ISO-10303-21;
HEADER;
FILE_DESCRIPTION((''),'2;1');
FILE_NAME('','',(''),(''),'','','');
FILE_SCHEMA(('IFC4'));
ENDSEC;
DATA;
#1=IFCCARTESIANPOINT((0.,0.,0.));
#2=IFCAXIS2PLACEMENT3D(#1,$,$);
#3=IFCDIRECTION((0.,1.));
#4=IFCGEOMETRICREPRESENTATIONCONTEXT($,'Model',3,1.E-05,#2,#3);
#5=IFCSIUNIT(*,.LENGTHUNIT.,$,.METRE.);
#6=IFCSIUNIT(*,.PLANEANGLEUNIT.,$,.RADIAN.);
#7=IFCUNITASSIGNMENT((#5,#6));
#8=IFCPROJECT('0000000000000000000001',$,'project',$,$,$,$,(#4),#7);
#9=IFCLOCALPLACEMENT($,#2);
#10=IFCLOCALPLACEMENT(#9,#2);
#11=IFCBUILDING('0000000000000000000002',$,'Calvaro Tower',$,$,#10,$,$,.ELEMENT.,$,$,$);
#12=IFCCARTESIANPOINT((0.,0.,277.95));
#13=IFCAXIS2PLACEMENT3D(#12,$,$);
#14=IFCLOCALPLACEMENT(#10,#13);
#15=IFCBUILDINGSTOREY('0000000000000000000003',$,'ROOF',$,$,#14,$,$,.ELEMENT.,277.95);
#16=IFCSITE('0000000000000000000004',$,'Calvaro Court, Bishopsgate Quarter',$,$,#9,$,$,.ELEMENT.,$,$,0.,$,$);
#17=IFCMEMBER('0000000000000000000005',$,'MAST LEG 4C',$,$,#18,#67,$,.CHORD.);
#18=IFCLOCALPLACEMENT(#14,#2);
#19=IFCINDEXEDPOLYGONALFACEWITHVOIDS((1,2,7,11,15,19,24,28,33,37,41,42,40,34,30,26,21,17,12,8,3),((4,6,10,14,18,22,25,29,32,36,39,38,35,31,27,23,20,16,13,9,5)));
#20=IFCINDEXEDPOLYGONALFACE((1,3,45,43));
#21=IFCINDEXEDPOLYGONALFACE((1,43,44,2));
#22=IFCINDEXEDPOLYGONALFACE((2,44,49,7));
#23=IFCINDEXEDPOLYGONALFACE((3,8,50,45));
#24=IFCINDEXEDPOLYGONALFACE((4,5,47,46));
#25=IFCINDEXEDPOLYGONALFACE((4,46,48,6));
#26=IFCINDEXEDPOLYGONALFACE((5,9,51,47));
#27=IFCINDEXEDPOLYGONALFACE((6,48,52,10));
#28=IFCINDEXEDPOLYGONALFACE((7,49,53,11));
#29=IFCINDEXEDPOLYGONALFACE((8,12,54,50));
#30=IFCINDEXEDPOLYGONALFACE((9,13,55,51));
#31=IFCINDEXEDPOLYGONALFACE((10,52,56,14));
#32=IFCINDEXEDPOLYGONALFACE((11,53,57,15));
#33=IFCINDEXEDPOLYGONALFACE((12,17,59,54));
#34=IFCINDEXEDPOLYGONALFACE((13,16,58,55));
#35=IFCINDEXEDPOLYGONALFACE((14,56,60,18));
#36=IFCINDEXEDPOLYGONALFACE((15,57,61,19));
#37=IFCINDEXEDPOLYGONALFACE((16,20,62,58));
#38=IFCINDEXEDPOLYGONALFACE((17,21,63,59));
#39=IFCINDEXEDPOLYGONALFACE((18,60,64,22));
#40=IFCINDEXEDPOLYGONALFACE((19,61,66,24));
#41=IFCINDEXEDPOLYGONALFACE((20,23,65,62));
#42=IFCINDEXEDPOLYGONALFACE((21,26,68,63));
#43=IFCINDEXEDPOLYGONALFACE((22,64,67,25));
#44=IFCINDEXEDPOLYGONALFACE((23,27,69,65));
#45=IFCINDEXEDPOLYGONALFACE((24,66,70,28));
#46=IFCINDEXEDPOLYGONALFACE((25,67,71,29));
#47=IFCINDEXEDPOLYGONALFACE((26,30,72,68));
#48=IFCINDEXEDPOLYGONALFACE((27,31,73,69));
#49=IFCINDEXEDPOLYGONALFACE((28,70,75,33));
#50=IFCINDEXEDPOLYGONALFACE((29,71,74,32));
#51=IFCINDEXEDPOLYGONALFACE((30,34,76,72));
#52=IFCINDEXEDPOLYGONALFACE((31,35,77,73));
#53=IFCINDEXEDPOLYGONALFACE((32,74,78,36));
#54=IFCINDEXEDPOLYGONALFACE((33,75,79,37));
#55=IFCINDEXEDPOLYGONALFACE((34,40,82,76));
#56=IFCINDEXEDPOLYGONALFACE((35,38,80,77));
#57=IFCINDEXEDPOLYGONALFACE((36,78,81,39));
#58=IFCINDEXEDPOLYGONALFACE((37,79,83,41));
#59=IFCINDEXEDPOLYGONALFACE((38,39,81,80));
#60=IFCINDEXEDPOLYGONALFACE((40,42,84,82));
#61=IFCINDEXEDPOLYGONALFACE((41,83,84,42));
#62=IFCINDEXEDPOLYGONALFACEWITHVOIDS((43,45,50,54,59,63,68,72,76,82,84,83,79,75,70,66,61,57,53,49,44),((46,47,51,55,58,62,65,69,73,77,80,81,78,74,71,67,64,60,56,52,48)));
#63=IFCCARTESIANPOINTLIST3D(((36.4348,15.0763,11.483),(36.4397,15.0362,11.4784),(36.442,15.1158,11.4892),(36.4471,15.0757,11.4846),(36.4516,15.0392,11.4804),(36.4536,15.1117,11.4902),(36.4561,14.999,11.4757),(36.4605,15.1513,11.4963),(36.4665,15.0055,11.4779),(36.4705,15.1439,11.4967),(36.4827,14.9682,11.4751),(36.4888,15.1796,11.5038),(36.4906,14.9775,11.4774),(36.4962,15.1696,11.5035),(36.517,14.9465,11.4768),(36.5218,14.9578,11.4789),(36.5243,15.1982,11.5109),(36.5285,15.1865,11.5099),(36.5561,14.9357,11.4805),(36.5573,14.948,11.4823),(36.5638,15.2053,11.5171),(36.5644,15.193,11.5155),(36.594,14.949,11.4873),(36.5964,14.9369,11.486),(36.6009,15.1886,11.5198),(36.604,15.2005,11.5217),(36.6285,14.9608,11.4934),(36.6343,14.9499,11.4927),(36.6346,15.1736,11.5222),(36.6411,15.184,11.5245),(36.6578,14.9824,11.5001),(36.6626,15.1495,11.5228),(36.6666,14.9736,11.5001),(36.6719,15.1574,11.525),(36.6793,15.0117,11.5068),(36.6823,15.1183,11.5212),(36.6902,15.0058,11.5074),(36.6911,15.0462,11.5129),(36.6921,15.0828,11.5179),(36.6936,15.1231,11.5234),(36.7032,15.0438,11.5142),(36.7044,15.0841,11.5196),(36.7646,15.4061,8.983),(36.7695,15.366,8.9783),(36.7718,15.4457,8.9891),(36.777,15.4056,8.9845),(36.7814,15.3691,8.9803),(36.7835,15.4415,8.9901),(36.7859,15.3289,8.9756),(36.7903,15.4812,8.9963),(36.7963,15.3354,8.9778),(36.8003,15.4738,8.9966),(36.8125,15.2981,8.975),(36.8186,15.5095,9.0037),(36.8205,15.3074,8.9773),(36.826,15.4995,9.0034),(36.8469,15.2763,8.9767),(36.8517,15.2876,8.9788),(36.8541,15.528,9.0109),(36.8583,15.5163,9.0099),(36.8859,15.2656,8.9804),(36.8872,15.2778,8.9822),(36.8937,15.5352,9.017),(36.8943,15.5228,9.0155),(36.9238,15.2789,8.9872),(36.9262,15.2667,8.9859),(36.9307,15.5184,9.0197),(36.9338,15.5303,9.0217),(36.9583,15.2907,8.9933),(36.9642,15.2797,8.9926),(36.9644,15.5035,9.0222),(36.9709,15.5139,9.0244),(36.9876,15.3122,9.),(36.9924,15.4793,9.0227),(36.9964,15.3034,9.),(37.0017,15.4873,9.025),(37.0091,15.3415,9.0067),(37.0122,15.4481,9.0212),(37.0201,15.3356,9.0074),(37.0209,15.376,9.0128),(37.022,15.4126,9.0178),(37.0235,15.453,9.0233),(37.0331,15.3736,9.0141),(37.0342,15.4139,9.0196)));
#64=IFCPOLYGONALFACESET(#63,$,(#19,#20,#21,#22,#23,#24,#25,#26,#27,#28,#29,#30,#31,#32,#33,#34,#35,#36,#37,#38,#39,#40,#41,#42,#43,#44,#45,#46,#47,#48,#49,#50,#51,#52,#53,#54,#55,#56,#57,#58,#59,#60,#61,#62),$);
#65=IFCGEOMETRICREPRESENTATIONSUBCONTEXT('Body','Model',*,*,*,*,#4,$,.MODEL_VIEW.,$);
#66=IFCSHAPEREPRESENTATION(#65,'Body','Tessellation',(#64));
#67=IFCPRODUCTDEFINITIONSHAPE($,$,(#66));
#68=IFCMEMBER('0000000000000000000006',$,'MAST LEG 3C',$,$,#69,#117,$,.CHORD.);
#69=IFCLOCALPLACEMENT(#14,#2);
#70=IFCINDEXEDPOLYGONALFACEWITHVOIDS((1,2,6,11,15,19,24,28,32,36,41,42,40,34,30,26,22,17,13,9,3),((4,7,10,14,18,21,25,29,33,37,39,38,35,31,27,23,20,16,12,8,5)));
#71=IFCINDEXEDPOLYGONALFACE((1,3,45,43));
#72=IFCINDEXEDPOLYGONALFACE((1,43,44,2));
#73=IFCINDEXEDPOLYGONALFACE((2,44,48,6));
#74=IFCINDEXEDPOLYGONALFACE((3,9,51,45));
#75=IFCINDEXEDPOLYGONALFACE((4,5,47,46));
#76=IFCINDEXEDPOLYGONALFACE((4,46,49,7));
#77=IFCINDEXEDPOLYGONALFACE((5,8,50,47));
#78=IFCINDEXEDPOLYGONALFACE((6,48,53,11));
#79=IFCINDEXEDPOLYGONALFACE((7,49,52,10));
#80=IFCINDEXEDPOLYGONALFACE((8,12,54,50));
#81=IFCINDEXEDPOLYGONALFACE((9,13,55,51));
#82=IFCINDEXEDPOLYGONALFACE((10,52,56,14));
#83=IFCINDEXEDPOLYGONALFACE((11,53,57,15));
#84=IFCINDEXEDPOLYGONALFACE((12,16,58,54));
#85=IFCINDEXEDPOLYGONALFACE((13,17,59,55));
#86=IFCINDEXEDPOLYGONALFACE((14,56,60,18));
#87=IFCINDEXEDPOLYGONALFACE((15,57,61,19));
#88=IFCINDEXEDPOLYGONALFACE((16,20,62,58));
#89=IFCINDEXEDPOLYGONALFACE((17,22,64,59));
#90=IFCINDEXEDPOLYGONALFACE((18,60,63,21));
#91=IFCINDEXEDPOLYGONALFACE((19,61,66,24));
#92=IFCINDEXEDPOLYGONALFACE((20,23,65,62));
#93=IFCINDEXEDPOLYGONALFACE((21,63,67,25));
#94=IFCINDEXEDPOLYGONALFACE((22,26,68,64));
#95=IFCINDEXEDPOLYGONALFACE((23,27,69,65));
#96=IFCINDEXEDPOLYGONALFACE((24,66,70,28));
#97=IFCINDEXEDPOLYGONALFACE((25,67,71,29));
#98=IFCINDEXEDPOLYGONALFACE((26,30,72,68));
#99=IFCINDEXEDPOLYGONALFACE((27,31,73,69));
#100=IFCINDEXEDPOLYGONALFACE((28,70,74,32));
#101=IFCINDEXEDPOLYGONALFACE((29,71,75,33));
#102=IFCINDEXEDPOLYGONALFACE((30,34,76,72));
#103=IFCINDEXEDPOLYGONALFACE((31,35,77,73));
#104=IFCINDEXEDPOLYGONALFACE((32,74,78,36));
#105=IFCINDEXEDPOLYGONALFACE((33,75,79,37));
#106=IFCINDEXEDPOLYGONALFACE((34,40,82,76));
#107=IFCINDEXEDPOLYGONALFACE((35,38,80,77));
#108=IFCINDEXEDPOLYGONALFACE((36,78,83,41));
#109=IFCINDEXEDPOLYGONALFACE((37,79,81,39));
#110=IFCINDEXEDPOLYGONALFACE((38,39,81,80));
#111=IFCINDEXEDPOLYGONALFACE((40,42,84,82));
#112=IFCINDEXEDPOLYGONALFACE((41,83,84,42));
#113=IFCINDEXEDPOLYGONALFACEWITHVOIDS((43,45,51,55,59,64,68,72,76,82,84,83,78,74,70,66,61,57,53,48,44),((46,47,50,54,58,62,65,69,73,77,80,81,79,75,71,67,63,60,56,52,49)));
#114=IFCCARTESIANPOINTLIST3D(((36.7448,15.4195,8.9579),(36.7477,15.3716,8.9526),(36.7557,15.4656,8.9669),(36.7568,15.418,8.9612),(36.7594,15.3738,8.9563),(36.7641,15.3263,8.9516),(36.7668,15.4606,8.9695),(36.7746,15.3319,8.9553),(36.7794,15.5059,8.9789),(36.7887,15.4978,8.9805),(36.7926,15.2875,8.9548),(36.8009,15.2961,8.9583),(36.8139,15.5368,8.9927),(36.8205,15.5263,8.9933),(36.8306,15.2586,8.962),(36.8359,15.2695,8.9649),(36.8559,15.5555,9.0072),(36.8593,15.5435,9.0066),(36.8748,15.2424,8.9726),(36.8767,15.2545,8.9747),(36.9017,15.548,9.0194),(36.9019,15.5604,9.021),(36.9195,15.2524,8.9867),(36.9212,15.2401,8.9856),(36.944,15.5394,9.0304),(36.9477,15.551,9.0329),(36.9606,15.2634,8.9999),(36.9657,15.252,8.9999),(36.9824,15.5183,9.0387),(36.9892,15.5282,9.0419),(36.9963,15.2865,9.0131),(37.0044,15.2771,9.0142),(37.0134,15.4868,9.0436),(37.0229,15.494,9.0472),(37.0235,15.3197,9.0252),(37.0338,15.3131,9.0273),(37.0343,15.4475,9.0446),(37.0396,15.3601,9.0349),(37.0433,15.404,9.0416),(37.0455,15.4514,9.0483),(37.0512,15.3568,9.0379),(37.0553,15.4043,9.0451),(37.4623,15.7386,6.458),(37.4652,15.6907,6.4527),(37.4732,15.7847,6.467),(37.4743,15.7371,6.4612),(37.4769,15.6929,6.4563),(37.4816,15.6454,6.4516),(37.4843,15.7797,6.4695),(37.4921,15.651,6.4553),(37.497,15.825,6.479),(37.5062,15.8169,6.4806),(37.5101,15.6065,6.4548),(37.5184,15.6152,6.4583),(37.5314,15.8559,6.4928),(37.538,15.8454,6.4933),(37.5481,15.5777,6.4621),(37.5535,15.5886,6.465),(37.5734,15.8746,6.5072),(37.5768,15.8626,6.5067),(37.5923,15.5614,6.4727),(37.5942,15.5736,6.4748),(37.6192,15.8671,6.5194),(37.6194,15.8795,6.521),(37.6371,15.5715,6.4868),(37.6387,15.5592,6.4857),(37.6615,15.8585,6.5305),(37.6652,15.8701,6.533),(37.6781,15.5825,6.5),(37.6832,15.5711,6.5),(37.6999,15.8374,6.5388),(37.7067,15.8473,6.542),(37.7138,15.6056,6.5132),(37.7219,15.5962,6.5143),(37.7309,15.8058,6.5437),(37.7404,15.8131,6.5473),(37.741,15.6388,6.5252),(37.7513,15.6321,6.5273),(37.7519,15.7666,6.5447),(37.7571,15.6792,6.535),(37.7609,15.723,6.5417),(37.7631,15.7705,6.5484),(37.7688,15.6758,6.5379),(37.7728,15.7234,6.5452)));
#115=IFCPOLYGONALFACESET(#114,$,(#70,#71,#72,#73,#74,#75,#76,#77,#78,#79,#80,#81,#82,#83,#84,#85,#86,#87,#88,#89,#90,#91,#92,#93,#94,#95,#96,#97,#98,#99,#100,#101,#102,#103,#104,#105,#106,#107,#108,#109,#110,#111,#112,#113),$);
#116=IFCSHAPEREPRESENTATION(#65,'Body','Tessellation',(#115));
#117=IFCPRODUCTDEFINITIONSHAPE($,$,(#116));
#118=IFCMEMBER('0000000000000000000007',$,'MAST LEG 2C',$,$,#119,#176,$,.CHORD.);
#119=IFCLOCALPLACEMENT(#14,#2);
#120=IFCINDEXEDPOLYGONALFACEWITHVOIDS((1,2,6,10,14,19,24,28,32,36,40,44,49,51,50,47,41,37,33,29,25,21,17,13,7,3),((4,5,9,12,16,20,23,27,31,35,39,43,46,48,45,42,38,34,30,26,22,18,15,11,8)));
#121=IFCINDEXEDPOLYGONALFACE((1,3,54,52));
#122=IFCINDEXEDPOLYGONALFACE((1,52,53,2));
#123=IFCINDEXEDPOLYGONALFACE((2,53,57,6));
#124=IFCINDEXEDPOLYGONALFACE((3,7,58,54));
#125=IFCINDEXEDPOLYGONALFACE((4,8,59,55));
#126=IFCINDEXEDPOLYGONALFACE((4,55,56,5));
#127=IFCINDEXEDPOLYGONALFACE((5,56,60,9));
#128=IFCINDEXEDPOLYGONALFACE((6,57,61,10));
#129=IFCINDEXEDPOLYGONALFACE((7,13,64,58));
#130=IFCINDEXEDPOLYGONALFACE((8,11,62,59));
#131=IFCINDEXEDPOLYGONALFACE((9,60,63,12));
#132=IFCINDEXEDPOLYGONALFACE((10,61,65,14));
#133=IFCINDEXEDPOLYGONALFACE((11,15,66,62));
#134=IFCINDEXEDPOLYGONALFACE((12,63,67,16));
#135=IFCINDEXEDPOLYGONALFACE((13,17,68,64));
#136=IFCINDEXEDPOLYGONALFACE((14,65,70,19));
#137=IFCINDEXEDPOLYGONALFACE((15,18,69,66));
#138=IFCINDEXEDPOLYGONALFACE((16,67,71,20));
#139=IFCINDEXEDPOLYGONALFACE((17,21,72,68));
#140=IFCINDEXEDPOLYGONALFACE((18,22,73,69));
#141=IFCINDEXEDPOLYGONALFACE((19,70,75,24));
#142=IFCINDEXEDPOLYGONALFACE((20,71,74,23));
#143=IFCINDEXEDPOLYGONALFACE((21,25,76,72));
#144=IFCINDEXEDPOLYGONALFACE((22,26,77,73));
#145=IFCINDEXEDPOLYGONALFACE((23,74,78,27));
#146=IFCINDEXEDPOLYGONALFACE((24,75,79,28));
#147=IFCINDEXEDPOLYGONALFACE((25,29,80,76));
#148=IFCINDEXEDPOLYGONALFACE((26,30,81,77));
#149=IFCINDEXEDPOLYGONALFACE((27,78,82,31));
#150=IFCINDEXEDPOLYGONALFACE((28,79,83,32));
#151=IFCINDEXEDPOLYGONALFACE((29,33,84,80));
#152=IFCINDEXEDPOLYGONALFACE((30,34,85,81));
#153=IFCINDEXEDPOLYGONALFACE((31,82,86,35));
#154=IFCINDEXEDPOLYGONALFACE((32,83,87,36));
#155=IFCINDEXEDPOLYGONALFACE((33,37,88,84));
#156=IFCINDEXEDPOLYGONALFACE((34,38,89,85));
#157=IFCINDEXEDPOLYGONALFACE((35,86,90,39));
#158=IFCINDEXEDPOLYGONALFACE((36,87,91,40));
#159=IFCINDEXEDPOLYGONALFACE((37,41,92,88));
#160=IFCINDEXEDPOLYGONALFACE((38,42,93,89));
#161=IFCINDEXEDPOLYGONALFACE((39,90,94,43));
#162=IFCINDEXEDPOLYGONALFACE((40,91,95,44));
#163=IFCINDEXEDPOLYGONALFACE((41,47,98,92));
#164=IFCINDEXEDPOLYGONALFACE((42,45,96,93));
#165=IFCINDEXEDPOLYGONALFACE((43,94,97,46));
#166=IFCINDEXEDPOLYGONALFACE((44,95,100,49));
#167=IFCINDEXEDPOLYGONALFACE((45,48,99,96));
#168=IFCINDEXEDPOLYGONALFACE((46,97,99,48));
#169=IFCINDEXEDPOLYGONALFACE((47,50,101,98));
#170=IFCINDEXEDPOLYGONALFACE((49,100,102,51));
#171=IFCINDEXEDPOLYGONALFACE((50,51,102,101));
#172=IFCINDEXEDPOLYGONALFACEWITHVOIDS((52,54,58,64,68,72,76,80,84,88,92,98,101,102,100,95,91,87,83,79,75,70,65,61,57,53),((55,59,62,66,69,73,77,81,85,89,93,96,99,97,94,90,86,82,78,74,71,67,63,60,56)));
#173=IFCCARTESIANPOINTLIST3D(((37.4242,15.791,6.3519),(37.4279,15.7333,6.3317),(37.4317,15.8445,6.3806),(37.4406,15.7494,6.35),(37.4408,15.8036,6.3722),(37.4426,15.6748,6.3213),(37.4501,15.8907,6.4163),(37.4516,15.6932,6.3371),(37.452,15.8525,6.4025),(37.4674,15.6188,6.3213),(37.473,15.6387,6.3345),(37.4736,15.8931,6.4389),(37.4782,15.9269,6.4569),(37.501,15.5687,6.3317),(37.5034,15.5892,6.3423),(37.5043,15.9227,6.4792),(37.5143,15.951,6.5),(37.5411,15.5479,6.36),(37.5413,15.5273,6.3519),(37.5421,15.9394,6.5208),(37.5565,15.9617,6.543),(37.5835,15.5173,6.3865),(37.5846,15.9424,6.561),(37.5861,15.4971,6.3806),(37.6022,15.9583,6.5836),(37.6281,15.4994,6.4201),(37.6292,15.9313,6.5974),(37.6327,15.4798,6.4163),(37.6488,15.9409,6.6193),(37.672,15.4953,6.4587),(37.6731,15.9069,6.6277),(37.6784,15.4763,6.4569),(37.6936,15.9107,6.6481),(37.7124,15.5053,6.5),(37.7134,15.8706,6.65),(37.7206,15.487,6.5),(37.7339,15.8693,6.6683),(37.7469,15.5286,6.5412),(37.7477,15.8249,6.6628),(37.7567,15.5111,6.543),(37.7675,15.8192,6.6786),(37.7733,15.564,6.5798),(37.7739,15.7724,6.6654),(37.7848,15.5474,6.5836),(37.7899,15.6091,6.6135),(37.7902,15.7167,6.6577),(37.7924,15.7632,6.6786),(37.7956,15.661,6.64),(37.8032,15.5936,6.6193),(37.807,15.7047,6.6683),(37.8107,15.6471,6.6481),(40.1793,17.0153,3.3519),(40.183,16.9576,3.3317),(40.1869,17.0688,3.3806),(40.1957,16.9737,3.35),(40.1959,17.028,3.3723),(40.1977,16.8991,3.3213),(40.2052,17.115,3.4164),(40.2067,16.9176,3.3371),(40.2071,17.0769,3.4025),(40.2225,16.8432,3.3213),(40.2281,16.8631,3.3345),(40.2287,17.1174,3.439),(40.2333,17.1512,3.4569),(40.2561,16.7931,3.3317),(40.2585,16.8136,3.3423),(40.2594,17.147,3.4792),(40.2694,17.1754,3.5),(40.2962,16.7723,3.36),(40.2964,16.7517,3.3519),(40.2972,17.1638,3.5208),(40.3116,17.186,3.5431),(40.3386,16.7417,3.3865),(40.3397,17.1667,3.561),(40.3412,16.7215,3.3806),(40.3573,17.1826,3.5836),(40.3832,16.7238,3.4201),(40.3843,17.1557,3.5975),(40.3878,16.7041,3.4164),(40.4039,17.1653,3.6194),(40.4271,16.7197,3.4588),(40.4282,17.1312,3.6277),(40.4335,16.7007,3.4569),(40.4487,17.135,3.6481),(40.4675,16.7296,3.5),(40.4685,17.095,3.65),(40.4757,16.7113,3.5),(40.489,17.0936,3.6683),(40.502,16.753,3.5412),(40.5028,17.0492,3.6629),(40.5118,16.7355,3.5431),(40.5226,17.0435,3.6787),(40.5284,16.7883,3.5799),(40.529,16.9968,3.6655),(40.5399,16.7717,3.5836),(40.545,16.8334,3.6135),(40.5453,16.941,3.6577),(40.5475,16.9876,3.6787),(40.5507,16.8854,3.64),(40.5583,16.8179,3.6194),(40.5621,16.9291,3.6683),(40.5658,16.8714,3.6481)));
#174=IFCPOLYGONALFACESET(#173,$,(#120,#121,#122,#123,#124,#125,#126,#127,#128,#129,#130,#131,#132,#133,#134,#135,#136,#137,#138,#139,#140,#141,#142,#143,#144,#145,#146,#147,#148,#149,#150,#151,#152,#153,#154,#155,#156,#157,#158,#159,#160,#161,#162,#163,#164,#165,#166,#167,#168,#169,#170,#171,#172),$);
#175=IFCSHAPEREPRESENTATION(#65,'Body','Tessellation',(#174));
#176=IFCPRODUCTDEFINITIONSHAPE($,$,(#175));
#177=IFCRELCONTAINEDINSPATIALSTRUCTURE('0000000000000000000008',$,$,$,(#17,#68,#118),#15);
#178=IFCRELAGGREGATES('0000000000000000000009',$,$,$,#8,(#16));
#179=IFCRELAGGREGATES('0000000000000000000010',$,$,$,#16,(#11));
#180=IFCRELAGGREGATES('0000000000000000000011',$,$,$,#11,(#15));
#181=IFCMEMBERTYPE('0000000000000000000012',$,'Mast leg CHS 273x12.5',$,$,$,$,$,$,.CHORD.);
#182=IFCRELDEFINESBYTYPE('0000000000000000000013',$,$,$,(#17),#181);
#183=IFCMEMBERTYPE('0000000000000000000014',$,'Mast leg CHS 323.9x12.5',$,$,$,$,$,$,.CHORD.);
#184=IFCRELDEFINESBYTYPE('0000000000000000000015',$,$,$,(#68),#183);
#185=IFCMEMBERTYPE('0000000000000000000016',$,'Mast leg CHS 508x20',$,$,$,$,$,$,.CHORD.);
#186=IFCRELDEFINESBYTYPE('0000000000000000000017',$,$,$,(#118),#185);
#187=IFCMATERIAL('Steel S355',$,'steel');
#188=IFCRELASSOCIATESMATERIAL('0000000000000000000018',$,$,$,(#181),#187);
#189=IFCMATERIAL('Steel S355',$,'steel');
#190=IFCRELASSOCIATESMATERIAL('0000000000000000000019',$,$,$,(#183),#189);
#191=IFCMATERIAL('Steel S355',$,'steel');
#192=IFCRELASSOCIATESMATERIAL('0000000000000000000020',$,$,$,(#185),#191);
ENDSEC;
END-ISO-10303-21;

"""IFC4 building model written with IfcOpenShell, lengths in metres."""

from ifc_helpers import new_model, si_unit, direction, frame, origin, origin_2d, place, context, subcontext, project, spatial, hollow_circle, extrude, material, material_profile, profile_set, type_object, element, save


model = new_model("IFC4")

# Units and contexts
model_context = context("Model", 3, precision=1e-05, world=origin(), true_north=direction((0.0, 1.0)))
body_context = subcontext(model_context, "Body", "Model", "MODEL_VIEW")
ifc_project = project(units=[si_unit("LENGTHUNIT", "METRE"), si_unit("PLANEANGLEUNIT", "RADIAN")], contexts=[model_context])

# Site, building, storey
site_placement = place(None, origin())
site = spatial("IfcSite", under=ifc_project, at=site_placement, Name="Calvaro Court, Bishopsgate Quarter", CompositionType="ELEMENT", RefElevation=0.0)
building_placement = place(site_placement, origin())
building = spatial("IfcBuilding", under=site, at=building_placement, Name="Calvaro Tower", CompositionType="ELEMENT")
storey_placement = place(building_placement, frame((0.0, 0.0, 277.95)))
storey = spatial("IfcBuildingStorey", under=building, at=storey_placement, Name="ROOF", CompositionType="ELEMENT", Elevation=277.95)

# Members
ifc_material_1 = material(Name="Steel S355", Category="steel")
ifc_material_profile_1 = material_profile(ifc_material_1, hollow_circle(Radius=0.1365, WallThickness=0.0125, at=origin_2d()), Name="CHS 273x12.5")
ifc_profile_set_1 = profile_set([ifc_material_profile_1], Name="Steel S355")
member_type_1 = type_object("IfcMemberType", Name="Mast leg CHS 273x12.5", PredefinedType="CHORD", material=ifc_profile_set_1)
member_1_placement = place(storey_placement, frame((36.8999, 15.3999, 9.0), z_axis=(-0.129695, -0.129695, 0.983035), x_axis=(0.707107, -0.707107, 0.0)))
element("IfcMember", 1, at=member_1_placement, inside=storey, type_object=member_type_1, Name="MAST LEG 4C", PredefinedType="CHORD", context=body_context, shape_type="SweptSolid", body=[
    extrude(hollow_circle(Radius=0.1365, WallThickness=0.0125, at=origin_2d()), origin(), (0.0, 0.0, 1.0), 2.5432),
])
ifc_material_2 = material(Name="Steel S355", Category="steel")
ifc_material_profile_2 = material_profile(ifc_material_2, hollow_circle(Radius=0.1619, WallThickness=0.0125, at=origin_2d()), Name="CHS 323.9x12.5")
ifc_profile_set_2 = profile_set([ifc_material_profile_2], Name="Steel S355")
member_type_2 = type_object("IfcMemberType", Name="Mast leg CHS 323.9x12.5", PredefinedType="CHORD", material=ifc_profile_set_2)
member_2_placement = place(storey_placement, frame((37.6174, 15.719, 6.5), z_axis=(-0.273821, -0.121771, 0.954041), x_axis=(0.40634, -0.913722, 0.0)))
element("IfcMember", 2, at=member_2_placement, inside=storey, type_object=member_type_2, Name="MAST LEG 3C", PredefinedType="CHORD", context=body_context, shape_type="SweptSolid", body=[
    extrude(hollow_circle(Radius=0.1619, WallThickness=0.0125, at=origin_2d()), origin(), (0.0, 0.0, 1.0), 2.6204),
])
ifc_material_3 = material(Name="Steel S355", Category="steel")
ifc_material_profile_3 = material_profile(ifc_material_3, hollow_circle(Radius=0.2539, WallThickness=0.02, at=origin_2d()), Name="CHS 508x20")
ifc_profile_set_3 = profile_set([ifc_material_profile_3], Name="Steel S355")
member_type_3 = type_object("IfcMemberType", Name="Mast leg CHS 508x20", PredefinedType="CHORD", material=ifc_profile_set_3)
member_3_placement = place(storey_placement, frame((40.3726, 16.9434, 3.5), z_axis=(-0.647776, -0.287869, 0.70535), x_axis=(0.406101, -0.913828, 0.0)))
element("IfcMember", 3, at=member_3_placement, inside=storey, type_object=member_type_3, Name="MAST LEG 2C", PredefinedType="CHORD", context=body_context, shape_type="SweptSolid", body=[
    extrude(hollow_circle(Radius=0.2539, WallThickness=0.02, at=origin_2d()), origin(), (0.0, 0.0, 1.0), 4.2532),
])

save(model, "model.ifc")
